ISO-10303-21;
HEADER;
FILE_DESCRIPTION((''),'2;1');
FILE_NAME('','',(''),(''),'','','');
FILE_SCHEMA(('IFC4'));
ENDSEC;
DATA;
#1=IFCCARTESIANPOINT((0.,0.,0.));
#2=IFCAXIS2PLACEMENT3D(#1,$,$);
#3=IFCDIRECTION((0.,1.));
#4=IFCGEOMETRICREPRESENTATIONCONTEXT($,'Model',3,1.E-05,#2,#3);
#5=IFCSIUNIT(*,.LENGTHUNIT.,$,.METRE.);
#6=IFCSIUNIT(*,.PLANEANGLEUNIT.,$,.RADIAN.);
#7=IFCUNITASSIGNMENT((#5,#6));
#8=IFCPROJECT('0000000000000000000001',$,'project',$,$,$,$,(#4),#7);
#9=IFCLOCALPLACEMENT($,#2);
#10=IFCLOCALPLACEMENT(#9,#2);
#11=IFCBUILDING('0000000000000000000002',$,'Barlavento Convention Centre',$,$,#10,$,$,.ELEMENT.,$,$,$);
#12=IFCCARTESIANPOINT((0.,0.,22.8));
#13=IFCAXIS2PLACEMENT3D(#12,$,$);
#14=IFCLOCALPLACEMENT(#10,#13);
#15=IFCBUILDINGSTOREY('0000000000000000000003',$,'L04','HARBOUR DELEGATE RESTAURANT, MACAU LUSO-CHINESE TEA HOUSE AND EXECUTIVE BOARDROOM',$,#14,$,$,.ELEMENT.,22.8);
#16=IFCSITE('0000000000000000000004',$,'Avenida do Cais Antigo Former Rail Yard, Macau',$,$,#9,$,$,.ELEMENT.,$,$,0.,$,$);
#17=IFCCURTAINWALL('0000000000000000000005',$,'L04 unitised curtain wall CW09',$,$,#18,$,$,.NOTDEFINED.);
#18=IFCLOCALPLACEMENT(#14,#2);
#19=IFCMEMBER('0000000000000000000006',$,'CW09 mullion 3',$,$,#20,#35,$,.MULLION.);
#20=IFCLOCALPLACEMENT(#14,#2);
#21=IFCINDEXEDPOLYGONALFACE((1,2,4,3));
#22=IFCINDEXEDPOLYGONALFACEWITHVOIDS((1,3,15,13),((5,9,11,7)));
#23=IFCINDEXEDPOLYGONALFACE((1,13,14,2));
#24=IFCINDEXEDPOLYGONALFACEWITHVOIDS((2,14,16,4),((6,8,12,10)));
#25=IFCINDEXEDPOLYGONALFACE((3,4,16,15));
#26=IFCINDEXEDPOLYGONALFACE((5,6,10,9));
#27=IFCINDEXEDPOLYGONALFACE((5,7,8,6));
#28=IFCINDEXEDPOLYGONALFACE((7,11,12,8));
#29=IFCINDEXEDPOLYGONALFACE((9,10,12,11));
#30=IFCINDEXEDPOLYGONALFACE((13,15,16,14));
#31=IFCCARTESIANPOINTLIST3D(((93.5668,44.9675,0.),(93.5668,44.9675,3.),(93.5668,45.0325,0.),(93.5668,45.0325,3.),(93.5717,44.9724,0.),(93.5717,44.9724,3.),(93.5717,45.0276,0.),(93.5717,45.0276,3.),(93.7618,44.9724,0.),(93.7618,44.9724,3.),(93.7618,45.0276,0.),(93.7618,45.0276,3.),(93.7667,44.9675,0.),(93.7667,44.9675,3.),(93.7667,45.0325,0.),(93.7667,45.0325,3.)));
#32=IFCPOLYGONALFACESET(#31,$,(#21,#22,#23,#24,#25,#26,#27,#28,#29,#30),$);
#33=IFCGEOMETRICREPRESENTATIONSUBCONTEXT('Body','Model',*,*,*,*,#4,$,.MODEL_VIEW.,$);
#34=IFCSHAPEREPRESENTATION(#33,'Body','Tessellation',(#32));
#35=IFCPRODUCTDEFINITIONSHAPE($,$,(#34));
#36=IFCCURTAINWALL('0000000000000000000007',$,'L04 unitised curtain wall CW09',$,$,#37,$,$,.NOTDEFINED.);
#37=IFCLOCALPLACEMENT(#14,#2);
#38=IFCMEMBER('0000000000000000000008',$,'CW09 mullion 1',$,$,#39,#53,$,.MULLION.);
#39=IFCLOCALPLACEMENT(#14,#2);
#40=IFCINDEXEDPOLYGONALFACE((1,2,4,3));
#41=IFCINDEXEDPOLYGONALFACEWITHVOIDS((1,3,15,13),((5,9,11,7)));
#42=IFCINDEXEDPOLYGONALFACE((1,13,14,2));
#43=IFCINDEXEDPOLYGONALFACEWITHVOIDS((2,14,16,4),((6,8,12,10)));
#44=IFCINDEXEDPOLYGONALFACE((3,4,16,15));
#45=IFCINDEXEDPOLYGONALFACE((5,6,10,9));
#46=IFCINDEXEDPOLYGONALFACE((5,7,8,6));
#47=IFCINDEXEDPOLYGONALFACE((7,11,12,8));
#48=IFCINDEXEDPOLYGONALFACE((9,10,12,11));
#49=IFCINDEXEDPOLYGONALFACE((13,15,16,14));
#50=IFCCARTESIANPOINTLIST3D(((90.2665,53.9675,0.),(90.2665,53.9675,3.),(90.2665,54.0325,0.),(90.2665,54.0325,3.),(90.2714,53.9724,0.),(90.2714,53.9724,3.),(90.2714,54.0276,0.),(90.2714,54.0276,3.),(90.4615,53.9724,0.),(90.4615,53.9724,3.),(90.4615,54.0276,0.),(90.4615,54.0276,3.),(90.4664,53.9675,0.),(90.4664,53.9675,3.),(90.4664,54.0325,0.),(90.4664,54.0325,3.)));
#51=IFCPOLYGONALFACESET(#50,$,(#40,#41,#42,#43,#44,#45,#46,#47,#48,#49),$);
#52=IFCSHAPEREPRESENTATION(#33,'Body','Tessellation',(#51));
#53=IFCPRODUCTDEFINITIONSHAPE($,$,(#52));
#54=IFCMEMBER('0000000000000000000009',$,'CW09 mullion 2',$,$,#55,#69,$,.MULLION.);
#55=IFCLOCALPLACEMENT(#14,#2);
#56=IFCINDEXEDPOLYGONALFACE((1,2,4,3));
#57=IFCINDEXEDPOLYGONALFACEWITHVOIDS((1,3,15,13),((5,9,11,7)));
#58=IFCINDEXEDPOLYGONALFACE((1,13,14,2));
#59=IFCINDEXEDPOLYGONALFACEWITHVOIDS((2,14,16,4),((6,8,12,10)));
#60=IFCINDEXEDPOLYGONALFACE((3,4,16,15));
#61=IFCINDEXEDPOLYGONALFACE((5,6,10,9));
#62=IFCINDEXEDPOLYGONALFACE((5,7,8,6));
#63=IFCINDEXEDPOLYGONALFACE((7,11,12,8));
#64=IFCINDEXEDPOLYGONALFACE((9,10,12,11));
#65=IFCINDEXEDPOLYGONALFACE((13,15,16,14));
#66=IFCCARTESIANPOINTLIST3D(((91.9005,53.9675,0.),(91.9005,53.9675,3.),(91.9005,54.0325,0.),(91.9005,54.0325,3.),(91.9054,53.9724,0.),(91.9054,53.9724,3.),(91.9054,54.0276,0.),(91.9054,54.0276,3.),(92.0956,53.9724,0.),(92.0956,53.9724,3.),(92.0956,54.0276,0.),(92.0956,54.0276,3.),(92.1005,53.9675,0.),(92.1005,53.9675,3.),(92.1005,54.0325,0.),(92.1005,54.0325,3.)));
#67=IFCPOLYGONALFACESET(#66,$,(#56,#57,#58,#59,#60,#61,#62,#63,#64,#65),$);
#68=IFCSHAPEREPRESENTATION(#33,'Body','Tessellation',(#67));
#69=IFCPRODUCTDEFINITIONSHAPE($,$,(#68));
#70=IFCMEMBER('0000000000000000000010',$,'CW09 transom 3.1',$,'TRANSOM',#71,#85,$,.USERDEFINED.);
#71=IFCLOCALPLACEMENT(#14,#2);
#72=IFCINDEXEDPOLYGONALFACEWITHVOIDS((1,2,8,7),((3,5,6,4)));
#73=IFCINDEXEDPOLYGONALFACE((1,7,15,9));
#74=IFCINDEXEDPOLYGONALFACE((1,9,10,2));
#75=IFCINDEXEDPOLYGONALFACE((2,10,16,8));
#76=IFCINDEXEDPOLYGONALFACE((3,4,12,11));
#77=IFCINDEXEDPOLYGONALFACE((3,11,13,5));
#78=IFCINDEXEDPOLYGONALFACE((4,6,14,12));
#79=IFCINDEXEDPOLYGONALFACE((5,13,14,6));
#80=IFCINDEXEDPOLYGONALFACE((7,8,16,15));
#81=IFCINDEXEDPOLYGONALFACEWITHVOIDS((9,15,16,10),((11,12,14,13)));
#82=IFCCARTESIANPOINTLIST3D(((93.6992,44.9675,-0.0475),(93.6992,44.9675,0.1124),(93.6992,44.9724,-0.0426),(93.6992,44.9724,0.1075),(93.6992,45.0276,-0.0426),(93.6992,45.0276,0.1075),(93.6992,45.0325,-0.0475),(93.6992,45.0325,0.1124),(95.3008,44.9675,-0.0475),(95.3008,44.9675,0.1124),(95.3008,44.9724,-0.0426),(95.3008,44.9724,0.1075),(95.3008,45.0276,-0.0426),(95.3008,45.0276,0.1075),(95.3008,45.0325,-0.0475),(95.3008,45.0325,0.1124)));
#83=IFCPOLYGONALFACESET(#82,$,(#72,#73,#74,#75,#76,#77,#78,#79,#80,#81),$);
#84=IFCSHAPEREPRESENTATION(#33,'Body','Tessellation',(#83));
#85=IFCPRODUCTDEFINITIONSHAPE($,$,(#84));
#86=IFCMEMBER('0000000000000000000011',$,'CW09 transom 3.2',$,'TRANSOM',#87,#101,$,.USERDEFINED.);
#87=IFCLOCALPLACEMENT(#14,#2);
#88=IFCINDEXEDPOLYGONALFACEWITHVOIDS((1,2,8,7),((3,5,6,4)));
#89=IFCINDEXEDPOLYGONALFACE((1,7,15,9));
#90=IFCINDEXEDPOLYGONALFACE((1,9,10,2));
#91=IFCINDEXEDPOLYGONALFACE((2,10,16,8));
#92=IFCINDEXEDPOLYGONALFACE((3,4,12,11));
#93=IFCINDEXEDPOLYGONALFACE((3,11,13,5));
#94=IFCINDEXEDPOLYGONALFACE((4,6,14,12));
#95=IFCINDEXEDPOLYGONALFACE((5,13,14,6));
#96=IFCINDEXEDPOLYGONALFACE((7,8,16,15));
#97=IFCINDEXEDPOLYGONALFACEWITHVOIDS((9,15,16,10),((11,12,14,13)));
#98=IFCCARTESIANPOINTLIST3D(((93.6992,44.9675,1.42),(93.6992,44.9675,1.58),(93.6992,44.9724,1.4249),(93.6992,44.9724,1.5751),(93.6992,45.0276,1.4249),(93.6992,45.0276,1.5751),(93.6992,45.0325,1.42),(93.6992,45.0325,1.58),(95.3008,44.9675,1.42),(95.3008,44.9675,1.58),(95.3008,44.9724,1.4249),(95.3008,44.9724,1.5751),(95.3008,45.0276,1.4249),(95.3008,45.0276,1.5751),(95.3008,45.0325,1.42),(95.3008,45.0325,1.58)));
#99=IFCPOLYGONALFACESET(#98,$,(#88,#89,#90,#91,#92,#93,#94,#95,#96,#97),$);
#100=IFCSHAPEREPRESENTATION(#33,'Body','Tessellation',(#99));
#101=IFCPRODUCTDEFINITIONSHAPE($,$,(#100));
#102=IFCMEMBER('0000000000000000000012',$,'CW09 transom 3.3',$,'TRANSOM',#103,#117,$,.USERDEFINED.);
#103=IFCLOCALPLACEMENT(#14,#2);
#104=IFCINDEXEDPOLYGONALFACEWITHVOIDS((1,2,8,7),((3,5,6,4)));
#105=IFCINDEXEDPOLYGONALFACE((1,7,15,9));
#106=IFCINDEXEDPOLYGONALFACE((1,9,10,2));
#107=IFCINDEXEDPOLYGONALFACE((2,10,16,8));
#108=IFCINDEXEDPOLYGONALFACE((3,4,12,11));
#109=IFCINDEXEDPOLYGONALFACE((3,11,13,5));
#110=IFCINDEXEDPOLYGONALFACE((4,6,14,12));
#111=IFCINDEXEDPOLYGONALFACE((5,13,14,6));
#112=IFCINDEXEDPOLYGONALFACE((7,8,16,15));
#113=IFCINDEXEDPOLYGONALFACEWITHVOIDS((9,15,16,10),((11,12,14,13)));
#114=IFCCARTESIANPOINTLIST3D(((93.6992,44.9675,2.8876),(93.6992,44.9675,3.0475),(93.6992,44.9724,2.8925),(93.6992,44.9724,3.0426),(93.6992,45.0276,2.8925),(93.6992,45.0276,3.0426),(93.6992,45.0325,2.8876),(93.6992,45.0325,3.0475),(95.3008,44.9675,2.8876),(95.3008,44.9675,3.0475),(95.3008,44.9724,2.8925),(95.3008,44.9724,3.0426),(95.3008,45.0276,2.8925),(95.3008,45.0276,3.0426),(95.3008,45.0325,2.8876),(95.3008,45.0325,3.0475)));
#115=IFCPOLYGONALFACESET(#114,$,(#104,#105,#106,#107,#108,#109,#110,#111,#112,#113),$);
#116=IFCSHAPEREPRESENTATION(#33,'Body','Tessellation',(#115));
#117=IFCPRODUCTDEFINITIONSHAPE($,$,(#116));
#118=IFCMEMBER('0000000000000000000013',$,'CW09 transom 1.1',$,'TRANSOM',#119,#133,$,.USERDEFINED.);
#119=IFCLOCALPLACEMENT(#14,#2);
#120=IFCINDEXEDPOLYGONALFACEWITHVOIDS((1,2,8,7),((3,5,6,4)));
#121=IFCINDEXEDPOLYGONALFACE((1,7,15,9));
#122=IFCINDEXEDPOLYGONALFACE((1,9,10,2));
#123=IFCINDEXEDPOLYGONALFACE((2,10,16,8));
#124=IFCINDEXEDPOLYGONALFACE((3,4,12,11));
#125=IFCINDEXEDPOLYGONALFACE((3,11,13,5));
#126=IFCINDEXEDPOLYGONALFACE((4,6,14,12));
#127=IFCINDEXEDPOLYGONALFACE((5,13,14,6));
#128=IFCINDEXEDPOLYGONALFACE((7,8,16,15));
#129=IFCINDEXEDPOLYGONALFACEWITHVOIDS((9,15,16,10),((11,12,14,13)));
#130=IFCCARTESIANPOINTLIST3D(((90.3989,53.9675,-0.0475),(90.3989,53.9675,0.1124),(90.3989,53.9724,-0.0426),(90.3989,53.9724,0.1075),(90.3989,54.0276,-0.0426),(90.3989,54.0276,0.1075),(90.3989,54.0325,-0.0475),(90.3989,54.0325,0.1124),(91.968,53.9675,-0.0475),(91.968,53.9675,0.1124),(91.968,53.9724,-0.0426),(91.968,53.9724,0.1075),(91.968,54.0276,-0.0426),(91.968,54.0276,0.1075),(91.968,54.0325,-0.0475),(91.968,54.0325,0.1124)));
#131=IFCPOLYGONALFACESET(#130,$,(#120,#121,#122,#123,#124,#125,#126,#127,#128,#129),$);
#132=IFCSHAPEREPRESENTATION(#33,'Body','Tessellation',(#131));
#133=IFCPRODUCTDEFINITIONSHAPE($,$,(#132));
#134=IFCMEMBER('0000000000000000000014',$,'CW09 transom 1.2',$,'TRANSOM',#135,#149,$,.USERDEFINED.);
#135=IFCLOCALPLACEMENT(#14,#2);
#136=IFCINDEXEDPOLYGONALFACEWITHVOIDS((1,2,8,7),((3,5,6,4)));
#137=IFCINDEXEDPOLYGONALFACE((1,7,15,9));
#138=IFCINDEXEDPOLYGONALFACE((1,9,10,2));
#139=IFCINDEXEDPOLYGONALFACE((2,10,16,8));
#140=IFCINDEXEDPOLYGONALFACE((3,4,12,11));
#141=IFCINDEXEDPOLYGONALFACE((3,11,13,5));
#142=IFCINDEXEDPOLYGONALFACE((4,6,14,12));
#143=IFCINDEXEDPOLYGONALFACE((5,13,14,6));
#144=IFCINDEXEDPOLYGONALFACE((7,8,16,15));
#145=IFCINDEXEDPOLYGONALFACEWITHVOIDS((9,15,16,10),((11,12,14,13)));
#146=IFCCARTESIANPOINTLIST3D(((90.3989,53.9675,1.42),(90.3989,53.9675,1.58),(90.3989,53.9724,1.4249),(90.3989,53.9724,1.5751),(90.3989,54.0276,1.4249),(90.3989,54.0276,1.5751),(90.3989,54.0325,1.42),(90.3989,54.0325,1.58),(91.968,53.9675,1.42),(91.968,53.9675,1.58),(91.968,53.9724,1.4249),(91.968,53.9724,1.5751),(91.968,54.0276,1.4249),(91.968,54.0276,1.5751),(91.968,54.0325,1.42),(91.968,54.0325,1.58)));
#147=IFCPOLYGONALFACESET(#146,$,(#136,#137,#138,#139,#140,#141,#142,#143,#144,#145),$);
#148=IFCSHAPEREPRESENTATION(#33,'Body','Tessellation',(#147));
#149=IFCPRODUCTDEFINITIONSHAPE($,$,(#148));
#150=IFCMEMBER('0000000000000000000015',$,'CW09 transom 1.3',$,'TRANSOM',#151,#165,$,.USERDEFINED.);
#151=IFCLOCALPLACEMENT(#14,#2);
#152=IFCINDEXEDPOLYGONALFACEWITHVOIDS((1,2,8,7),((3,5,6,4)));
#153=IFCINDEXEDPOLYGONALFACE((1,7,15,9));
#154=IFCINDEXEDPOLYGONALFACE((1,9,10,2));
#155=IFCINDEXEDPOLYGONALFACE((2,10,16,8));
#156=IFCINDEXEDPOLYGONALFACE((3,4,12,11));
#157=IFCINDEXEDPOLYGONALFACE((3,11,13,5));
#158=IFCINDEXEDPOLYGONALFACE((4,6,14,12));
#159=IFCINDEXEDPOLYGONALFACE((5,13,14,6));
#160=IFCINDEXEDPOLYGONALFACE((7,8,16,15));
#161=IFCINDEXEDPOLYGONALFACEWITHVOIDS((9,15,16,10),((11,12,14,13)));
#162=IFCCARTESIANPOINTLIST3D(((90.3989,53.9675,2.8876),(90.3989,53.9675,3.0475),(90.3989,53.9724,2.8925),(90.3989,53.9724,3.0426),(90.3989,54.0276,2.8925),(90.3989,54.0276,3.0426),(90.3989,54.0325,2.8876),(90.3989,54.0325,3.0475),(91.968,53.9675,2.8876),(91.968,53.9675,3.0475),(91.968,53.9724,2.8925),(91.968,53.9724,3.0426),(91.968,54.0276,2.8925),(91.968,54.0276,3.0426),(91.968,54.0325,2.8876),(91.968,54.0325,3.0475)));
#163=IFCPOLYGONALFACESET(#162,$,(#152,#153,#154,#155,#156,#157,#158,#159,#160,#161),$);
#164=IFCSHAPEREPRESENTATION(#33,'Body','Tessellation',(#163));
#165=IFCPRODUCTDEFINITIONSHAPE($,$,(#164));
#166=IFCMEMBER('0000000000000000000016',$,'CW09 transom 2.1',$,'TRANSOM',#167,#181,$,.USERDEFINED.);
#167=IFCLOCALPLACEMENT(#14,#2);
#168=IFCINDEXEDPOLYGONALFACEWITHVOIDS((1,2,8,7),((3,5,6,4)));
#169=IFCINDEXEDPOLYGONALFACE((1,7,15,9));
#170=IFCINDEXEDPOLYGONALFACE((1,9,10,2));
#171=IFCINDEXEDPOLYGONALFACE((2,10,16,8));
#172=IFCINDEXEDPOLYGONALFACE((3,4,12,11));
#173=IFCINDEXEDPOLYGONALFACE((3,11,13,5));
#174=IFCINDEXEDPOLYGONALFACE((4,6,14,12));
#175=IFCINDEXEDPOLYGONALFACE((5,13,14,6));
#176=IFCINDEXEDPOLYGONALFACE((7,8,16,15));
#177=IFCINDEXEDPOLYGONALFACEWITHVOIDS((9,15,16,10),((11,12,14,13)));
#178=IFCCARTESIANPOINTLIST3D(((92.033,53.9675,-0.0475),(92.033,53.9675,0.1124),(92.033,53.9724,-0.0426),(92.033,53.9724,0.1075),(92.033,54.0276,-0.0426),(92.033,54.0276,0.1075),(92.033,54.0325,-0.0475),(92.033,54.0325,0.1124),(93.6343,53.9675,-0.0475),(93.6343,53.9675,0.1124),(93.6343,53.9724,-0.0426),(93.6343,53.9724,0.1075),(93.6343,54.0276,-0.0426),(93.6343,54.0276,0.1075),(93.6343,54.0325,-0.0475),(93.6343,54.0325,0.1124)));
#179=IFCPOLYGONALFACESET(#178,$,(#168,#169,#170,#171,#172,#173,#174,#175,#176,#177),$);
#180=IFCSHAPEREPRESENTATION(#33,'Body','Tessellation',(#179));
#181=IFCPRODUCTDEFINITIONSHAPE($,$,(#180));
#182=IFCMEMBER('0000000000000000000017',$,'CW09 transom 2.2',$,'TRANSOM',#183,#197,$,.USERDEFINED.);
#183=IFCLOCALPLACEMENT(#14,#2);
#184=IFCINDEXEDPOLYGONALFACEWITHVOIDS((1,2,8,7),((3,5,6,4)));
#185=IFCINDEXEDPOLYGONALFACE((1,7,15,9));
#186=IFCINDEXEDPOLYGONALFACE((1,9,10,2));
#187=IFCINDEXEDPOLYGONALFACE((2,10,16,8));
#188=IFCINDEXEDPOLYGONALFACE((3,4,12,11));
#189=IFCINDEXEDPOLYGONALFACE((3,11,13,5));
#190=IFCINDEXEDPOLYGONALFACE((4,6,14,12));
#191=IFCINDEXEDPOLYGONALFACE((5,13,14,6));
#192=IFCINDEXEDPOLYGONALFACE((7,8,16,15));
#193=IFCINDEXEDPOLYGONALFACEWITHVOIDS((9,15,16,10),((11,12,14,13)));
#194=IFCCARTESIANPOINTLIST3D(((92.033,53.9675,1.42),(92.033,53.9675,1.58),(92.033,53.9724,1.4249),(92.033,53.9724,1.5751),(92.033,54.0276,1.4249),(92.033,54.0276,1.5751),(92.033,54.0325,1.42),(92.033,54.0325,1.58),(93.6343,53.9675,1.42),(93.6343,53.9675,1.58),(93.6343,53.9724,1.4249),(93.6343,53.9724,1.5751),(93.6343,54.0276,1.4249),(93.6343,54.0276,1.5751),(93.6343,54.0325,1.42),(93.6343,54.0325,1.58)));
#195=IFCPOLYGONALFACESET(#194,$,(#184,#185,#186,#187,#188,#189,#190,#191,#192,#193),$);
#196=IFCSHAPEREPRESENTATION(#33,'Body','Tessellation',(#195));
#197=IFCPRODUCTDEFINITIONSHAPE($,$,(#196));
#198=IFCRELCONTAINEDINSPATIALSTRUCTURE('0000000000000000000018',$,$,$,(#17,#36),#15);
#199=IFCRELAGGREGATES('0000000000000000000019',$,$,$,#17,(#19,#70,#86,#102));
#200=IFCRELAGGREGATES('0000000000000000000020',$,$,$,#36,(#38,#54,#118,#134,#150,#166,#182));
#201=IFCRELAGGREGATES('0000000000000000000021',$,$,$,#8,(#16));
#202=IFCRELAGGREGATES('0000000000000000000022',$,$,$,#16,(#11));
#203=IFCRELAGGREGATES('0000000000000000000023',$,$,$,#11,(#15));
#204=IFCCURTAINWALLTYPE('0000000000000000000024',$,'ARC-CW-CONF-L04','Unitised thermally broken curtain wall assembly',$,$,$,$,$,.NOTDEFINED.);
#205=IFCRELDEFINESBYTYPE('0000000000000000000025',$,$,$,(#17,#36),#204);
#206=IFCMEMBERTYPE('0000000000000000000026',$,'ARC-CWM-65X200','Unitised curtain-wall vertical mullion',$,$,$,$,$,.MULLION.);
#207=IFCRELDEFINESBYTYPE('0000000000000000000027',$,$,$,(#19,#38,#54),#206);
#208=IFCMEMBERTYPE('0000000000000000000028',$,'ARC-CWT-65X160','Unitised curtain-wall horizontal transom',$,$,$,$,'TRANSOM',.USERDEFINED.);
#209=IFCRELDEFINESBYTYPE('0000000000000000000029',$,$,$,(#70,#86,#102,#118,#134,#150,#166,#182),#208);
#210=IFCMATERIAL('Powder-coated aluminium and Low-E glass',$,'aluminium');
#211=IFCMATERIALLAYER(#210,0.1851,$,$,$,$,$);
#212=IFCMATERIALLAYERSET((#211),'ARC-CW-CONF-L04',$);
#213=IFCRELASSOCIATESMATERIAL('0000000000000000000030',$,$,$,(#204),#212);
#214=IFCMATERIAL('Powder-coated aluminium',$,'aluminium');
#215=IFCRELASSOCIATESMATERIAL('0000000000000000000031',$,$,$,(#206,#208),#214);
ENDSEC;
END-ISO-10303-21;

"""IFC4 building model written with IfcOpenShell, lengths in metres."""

from ifc_helpers import new_model, si_unit, direction, frame, origin, origin_2d, place, context, subcontext, project, spatial, hollow_rectangle, extrude, material, layer, layer_set, material_profile, profile_set, type_object, element, aggregate, save


model = new_model("IFC4")

# Units and contexts
model_context = context("Model", 3, precision=1e-05, world=origin(), true_north=direction((0.0, 1.0)))
body_context = subcontext(model_context, "Body", "Model", "MODEL_VIEW")
ifc_project = project(units=[si_unit("LENGTHUNIT", "METRE"), si_unit("PLANEANGLEUNIT", "RADIAN")], contexts=[model_context])

# Site, building, storey
site_placement = place(None, origin())
site = spatial("IfcSite", under=ifc_project, at=site_placement, Name="Avenida do Cais Antigo Former Rail Yard, Macau", CompositionType="ELEMENT", RefElevation=0.0)
building_placement = place(site_placement, origin())
building = spatial("IfcBuilding", under=site, at=building_placement, Name="Barlavento Convention Centre", CompositionType="ELEMENT")
storey_placement = place(building_placement, frame((0.0, 0.0, 22.8)))
storey = spatial("IfcBuildingStorey", under=building, at=storey_placement, Name="L04", Description="HARBOUR DELEGATE RESTAURANT, MACAU LUSO-CHINESE TEA HOUSE AND EXECUTIVE BOARDROOM", CompositionType="ELEMENT", Elevation=22.8)

# Curtain wall, member
ifc_material_1 = material(Name="Powder-coated aluminium and Low-E glass", Category="aluminium")
ifc_layer_1 = layer(ifc_material_1, 0.1851)
ifc_layer_set_1 = layer_set([ifc_layer_1], Name="ARC-CW-CONF-L04")
curtain_wall_type = type_object("IfcCurtainWallType", Name="ARC-CW-CONF-L04", Description="Unitised thermally broken curtain wall assembly", PredefinedType="NOTDEFINED", material=ifc_layer_set_1)
curtain_wall_1_placement = place(storey_placement, origin())
curtain_wall_1 = element("IfcCurtainWall", 1, at=curtain_wall_1_placement, inside=storey, type_object=curtain_wall_type, Name="L04 unitised curtain wall CW09", PredefinedType="NOTDEFINED")
ifc_material_2 = material(Name="Powder-coated aluminium", Category="aluminium")
ifc_material_profile_1 = material_profile(ifc_material_2, hollow_rectangle(XDim=0.0649, YDim=0.2, WallThickness=0.0049, at=origin_2d()), Name="AL-MULL 65x200x5")
ifc_profile_set_1 = profile_set([ifc_material_profile_1], Name="Powder-coated aluminium")
member_type_1 = type_object("IfcMemberType", Name="ARC-CWM-65X200", Description="Unitised curtain-wall vertical mullion", PredefinedType="MULLION", material=ifc_profile_set_1)
member_1_placement = place(storey_placement, frame((93.6667, 45.0, 0.0), z_axis=(0.0, 0.0, 1.0), x_axis=(0.0, 1.0, 0.0)))
member_1 = element("IfcMember", 2, at=member_1_placement, type_object=member_type_1, Name="CW09 mullion 3", PredefinedType="MULLION", context=body_context, shape_type="SweptSolid", body=[
    extrude(hollow_rectangle(XDim=0.0649, YDim=0.2, WallThickness=0.0049, at=origin_2d()), origin(), (0.0, 0.0, 1.0), 3.0),
])

# Curtain wall, members
curtain_wall_2_placement = place(storey_placement, origin())
curtain_wall_2 = element("IfcCurtainWall", 3, at=curtain_wall_2_placement, inside=storey, type_object=curtain_wall_type, Name="L04 unitised curtain wall CW09", PredefinedType="NOTDEFINED")
member_2_placement = place(storey_placement, frame((90.3665, 54.0, 0.0), z_axis=(0.0, 0.0, 1.0), x_axis=(0.0, 1.0, 0.0)))
member_2 = element("IfcMember", 4, at=member_2_placement, type_object=member_type_1, Name="CW09 mullion 1", PredefinedType="MULLION", context=body_context, shape_type="SweptSolid", body=[
    extrude(hollow_rectangle(XDim=0.0649, YDim=0.2, WallThickness=0.0049, at=origin_2d()), origin(), (0.0, 0.0, 1.0), 3.0),
])
member_3_placement = place(storey_placement, frame((92.0005, 54.0, 0.0), z_axis=(0.0, 0.0, 1.0), x_axis=(0.0, 1.0, 0.0)))
member_3 = element("IfcMember", 5, at=member_3_placement, type_object=member_type_1, Name="CW09 mullion 2", PredefinedType="MULLION", context=body_context, shape_type="SweptSolid", body=[
    extrude(hollow_rectangle(XDim=0.0649, YDim=0.2, WallThickness=0.0049, at=origin_2d()), origin(), (0.0, 0.0, 1.0), 3.0),
])

# Members
ifc_material_profile_2 = material_profile(ifc_material_2, hollow_rectangle(XDim=0.0649, YDim=0.1599, WallThickness=0.0049, at=origin_2d()), Name="AL-TRAN 65x160x5")
ifc_profile_set_2 = profile_set([ifc_material_profile_2], Name="Powder-coated aluminium")
member_type_2 = type_object("IfcMemberType", Name="ARC-CWT-65X160", Description="Unitised curtain-wall horizontal transom", ElementType="TRANSOM", PredefinedType="USERDEFINED", material=ifc_profile_set_2)
member_4_placement = place(storey_placement, frame((93.6992, 45.0, 0.0325), z_axis=(1.0, 0.0, 0.0), x_axis=(0.0, 1.0, 0.0)))
member_4 = element("IfcMember", 6, at=member_4_placement, type_object=member_type_2, Name="CW09 transom 3.1", ObjectType="TRANSOM", PredefinedType="USERDEFINED", context=body_context, shape_type="SweptSolid", body=[
    extrude(hollow_rectangle(XDim=0.0649, YDim=0.1599, WallThickness=0.0049, at=origin_2d()), origin(), (0.0, 0.0, 1.0), 1.6016),
])
member_5_placement = place(storey_placement, frame((93.6992, 45.0, 1.5), z_axis=(1.0, 0.0, 0.0), x_axis=(0.0, 1.0, 0.0)))
member_5 = element("IfcMember", 7, at=member_5_placement, type_object=member_type_2, Name="CW09 transom 3.2", ObjectType="TRANSOM", PredefinedType="USERDEFINED", context=body_context, shape_type="SweptSolid", body=[
    extrude(hollow_rectangle(XDim=0.0649, YDim=0.1599, WallThickness=0.0049, at=origin_2d()), origin(), (0.0, 0.0, 1.0), 1.6016),
])
member_6_placement = place(storey_placement, frame((93.6992, 45.0, 2.9675), z_axis=(1.0, 0.0, 0.0), x_axis=(0.0, 1.0, 0.0)))
member_6 = element("IfcMember", 8, at=member_6_placement, type_object=member_type_2, Name="CW09 transom 3.3", ObjectType="TRANSOM", PredefinedType="USERDEFINED", context=body_context, shape_type="SweptSolid", body=[
    extrude(hollow_rectangle(XDim=0.0649, YDim=0.1599, WallThickness=0.0049, at=origin_2d()), origin(), (0.0, 0.0, 1.0), 1.6016),
])
member_7_placement = place(storey_placement, frame((90.3989, 54.0, 0.0325), z_axis=(1.0, 0.0, 0.0), x_axis=(0.0, 1.0, 0.0)))
member_7 = element("IfcMember", 9, at=member_7_placement, type_object=member_type_2, Name="CW09 transom 1.1", ObjectType="TRANSOM", PredefinedType="USERDEFINED", context=body_context, shape_type="SweptSolid", body=[
    extrude(hollow_rectangle(XDim=0.0649, YDim=0.1599, WallThickness=0.0049, at=origin_2d()), origin(), (0.0, 0.0, 1.0), 1.5691),
])
member_8_placement = place(storey_placement, frame((90.3989, 54.0, 1.5), z_axis=(1.0, 0.0, 0.0), x_axis=(0.0, 1.0, 0.0)))
member_8 = element("IfcMember", 10, at=member_8_placement, type_object=member_type_2, Name="CW09 transom 1.2", ObjectType="TRANSOM", PredefinedType="USERDEFINED", context=body_context, shape_type="SweptSolid", body=[
    extrude(hollow_rectangle(XDim=0.0649, YDim=0.1599, WallThickness=0.0049, at=origin_2d()), origin(), (0.0, 0.0, 1.0), 1.5691),
])
member_9_placement = place(storey_placement, frame((90.3989, 54.0, 2.9675), z_axis=(1.0, 0.0, 0.0), x_axis=(0.0, 1.0, 0.0)))
member_9 = element("IfcMember", 11, at=member_9_placement, type_object=member_type_2, Name="CW09 transom 1.3", ObjectType="TRANSOM", PredefinedType="USERDEFINED", context=body_context, shape_type="SweptSolid", body=[
    extrude(hollow_rectangle(XDim=0.0649, YDim=0.1599, WallThickness=0.0049, at=origin_2d()), origin(), (0.0, 0.0, 1.0), 1.5691),
])
member_10_placement = place(storey_placement, frame((92.033, 54.0, 0.0325), z_axis=(1.0, 0.0, 0.0), x_axis=(0.0, 1.0, 0.0)))
member_10 = element("IfcMember", 12, at=member_10_placement, type_object=member_type_2, Name="CW09 transom 2.1", ObjectType="TRANSOM", PredefinedType="USERDEFINED", context=body_context, shape_type="SweptSolid", body=[
    extrude(hollow_rectangle(XDim=0.0649, YDim=0.1599, WallThickness=0.0049, at=origin_2d()), origin(), (0.0, 0.0, 1.0), 1.6013),
])
member_11_placement = place(storey_placement, frame((92.033, 54.0, 1.5), z_axis=(1.0, 0.0, 0.0), x_axis=(0.0, 1.0, 0.0)))
member_11 = element("IfcMember", 13, at=member_11_placement, type_object=member_type_2, Name="CW09 transom 2.2", ObjectType="TRANSOM", PredefinedType="USERDEFINED", context=body_context, shape_type="SweptSolid", body=[
    extrude(hollow_rectangle(XDim=0.0649, YDim=0.1599, WallThickness=0.0049, at=origin_2d()), origin(), (0.0, 0.0, 1.0), 1.6013),
])

aggregate(curtain_wall_1, [member_1, member_4, member_5, member_6])
aggregate(curtain_wall_2, [member_2, member_3, member_7, member_8, member_9, member_10, member_11])

save(model, "model.ifc")
